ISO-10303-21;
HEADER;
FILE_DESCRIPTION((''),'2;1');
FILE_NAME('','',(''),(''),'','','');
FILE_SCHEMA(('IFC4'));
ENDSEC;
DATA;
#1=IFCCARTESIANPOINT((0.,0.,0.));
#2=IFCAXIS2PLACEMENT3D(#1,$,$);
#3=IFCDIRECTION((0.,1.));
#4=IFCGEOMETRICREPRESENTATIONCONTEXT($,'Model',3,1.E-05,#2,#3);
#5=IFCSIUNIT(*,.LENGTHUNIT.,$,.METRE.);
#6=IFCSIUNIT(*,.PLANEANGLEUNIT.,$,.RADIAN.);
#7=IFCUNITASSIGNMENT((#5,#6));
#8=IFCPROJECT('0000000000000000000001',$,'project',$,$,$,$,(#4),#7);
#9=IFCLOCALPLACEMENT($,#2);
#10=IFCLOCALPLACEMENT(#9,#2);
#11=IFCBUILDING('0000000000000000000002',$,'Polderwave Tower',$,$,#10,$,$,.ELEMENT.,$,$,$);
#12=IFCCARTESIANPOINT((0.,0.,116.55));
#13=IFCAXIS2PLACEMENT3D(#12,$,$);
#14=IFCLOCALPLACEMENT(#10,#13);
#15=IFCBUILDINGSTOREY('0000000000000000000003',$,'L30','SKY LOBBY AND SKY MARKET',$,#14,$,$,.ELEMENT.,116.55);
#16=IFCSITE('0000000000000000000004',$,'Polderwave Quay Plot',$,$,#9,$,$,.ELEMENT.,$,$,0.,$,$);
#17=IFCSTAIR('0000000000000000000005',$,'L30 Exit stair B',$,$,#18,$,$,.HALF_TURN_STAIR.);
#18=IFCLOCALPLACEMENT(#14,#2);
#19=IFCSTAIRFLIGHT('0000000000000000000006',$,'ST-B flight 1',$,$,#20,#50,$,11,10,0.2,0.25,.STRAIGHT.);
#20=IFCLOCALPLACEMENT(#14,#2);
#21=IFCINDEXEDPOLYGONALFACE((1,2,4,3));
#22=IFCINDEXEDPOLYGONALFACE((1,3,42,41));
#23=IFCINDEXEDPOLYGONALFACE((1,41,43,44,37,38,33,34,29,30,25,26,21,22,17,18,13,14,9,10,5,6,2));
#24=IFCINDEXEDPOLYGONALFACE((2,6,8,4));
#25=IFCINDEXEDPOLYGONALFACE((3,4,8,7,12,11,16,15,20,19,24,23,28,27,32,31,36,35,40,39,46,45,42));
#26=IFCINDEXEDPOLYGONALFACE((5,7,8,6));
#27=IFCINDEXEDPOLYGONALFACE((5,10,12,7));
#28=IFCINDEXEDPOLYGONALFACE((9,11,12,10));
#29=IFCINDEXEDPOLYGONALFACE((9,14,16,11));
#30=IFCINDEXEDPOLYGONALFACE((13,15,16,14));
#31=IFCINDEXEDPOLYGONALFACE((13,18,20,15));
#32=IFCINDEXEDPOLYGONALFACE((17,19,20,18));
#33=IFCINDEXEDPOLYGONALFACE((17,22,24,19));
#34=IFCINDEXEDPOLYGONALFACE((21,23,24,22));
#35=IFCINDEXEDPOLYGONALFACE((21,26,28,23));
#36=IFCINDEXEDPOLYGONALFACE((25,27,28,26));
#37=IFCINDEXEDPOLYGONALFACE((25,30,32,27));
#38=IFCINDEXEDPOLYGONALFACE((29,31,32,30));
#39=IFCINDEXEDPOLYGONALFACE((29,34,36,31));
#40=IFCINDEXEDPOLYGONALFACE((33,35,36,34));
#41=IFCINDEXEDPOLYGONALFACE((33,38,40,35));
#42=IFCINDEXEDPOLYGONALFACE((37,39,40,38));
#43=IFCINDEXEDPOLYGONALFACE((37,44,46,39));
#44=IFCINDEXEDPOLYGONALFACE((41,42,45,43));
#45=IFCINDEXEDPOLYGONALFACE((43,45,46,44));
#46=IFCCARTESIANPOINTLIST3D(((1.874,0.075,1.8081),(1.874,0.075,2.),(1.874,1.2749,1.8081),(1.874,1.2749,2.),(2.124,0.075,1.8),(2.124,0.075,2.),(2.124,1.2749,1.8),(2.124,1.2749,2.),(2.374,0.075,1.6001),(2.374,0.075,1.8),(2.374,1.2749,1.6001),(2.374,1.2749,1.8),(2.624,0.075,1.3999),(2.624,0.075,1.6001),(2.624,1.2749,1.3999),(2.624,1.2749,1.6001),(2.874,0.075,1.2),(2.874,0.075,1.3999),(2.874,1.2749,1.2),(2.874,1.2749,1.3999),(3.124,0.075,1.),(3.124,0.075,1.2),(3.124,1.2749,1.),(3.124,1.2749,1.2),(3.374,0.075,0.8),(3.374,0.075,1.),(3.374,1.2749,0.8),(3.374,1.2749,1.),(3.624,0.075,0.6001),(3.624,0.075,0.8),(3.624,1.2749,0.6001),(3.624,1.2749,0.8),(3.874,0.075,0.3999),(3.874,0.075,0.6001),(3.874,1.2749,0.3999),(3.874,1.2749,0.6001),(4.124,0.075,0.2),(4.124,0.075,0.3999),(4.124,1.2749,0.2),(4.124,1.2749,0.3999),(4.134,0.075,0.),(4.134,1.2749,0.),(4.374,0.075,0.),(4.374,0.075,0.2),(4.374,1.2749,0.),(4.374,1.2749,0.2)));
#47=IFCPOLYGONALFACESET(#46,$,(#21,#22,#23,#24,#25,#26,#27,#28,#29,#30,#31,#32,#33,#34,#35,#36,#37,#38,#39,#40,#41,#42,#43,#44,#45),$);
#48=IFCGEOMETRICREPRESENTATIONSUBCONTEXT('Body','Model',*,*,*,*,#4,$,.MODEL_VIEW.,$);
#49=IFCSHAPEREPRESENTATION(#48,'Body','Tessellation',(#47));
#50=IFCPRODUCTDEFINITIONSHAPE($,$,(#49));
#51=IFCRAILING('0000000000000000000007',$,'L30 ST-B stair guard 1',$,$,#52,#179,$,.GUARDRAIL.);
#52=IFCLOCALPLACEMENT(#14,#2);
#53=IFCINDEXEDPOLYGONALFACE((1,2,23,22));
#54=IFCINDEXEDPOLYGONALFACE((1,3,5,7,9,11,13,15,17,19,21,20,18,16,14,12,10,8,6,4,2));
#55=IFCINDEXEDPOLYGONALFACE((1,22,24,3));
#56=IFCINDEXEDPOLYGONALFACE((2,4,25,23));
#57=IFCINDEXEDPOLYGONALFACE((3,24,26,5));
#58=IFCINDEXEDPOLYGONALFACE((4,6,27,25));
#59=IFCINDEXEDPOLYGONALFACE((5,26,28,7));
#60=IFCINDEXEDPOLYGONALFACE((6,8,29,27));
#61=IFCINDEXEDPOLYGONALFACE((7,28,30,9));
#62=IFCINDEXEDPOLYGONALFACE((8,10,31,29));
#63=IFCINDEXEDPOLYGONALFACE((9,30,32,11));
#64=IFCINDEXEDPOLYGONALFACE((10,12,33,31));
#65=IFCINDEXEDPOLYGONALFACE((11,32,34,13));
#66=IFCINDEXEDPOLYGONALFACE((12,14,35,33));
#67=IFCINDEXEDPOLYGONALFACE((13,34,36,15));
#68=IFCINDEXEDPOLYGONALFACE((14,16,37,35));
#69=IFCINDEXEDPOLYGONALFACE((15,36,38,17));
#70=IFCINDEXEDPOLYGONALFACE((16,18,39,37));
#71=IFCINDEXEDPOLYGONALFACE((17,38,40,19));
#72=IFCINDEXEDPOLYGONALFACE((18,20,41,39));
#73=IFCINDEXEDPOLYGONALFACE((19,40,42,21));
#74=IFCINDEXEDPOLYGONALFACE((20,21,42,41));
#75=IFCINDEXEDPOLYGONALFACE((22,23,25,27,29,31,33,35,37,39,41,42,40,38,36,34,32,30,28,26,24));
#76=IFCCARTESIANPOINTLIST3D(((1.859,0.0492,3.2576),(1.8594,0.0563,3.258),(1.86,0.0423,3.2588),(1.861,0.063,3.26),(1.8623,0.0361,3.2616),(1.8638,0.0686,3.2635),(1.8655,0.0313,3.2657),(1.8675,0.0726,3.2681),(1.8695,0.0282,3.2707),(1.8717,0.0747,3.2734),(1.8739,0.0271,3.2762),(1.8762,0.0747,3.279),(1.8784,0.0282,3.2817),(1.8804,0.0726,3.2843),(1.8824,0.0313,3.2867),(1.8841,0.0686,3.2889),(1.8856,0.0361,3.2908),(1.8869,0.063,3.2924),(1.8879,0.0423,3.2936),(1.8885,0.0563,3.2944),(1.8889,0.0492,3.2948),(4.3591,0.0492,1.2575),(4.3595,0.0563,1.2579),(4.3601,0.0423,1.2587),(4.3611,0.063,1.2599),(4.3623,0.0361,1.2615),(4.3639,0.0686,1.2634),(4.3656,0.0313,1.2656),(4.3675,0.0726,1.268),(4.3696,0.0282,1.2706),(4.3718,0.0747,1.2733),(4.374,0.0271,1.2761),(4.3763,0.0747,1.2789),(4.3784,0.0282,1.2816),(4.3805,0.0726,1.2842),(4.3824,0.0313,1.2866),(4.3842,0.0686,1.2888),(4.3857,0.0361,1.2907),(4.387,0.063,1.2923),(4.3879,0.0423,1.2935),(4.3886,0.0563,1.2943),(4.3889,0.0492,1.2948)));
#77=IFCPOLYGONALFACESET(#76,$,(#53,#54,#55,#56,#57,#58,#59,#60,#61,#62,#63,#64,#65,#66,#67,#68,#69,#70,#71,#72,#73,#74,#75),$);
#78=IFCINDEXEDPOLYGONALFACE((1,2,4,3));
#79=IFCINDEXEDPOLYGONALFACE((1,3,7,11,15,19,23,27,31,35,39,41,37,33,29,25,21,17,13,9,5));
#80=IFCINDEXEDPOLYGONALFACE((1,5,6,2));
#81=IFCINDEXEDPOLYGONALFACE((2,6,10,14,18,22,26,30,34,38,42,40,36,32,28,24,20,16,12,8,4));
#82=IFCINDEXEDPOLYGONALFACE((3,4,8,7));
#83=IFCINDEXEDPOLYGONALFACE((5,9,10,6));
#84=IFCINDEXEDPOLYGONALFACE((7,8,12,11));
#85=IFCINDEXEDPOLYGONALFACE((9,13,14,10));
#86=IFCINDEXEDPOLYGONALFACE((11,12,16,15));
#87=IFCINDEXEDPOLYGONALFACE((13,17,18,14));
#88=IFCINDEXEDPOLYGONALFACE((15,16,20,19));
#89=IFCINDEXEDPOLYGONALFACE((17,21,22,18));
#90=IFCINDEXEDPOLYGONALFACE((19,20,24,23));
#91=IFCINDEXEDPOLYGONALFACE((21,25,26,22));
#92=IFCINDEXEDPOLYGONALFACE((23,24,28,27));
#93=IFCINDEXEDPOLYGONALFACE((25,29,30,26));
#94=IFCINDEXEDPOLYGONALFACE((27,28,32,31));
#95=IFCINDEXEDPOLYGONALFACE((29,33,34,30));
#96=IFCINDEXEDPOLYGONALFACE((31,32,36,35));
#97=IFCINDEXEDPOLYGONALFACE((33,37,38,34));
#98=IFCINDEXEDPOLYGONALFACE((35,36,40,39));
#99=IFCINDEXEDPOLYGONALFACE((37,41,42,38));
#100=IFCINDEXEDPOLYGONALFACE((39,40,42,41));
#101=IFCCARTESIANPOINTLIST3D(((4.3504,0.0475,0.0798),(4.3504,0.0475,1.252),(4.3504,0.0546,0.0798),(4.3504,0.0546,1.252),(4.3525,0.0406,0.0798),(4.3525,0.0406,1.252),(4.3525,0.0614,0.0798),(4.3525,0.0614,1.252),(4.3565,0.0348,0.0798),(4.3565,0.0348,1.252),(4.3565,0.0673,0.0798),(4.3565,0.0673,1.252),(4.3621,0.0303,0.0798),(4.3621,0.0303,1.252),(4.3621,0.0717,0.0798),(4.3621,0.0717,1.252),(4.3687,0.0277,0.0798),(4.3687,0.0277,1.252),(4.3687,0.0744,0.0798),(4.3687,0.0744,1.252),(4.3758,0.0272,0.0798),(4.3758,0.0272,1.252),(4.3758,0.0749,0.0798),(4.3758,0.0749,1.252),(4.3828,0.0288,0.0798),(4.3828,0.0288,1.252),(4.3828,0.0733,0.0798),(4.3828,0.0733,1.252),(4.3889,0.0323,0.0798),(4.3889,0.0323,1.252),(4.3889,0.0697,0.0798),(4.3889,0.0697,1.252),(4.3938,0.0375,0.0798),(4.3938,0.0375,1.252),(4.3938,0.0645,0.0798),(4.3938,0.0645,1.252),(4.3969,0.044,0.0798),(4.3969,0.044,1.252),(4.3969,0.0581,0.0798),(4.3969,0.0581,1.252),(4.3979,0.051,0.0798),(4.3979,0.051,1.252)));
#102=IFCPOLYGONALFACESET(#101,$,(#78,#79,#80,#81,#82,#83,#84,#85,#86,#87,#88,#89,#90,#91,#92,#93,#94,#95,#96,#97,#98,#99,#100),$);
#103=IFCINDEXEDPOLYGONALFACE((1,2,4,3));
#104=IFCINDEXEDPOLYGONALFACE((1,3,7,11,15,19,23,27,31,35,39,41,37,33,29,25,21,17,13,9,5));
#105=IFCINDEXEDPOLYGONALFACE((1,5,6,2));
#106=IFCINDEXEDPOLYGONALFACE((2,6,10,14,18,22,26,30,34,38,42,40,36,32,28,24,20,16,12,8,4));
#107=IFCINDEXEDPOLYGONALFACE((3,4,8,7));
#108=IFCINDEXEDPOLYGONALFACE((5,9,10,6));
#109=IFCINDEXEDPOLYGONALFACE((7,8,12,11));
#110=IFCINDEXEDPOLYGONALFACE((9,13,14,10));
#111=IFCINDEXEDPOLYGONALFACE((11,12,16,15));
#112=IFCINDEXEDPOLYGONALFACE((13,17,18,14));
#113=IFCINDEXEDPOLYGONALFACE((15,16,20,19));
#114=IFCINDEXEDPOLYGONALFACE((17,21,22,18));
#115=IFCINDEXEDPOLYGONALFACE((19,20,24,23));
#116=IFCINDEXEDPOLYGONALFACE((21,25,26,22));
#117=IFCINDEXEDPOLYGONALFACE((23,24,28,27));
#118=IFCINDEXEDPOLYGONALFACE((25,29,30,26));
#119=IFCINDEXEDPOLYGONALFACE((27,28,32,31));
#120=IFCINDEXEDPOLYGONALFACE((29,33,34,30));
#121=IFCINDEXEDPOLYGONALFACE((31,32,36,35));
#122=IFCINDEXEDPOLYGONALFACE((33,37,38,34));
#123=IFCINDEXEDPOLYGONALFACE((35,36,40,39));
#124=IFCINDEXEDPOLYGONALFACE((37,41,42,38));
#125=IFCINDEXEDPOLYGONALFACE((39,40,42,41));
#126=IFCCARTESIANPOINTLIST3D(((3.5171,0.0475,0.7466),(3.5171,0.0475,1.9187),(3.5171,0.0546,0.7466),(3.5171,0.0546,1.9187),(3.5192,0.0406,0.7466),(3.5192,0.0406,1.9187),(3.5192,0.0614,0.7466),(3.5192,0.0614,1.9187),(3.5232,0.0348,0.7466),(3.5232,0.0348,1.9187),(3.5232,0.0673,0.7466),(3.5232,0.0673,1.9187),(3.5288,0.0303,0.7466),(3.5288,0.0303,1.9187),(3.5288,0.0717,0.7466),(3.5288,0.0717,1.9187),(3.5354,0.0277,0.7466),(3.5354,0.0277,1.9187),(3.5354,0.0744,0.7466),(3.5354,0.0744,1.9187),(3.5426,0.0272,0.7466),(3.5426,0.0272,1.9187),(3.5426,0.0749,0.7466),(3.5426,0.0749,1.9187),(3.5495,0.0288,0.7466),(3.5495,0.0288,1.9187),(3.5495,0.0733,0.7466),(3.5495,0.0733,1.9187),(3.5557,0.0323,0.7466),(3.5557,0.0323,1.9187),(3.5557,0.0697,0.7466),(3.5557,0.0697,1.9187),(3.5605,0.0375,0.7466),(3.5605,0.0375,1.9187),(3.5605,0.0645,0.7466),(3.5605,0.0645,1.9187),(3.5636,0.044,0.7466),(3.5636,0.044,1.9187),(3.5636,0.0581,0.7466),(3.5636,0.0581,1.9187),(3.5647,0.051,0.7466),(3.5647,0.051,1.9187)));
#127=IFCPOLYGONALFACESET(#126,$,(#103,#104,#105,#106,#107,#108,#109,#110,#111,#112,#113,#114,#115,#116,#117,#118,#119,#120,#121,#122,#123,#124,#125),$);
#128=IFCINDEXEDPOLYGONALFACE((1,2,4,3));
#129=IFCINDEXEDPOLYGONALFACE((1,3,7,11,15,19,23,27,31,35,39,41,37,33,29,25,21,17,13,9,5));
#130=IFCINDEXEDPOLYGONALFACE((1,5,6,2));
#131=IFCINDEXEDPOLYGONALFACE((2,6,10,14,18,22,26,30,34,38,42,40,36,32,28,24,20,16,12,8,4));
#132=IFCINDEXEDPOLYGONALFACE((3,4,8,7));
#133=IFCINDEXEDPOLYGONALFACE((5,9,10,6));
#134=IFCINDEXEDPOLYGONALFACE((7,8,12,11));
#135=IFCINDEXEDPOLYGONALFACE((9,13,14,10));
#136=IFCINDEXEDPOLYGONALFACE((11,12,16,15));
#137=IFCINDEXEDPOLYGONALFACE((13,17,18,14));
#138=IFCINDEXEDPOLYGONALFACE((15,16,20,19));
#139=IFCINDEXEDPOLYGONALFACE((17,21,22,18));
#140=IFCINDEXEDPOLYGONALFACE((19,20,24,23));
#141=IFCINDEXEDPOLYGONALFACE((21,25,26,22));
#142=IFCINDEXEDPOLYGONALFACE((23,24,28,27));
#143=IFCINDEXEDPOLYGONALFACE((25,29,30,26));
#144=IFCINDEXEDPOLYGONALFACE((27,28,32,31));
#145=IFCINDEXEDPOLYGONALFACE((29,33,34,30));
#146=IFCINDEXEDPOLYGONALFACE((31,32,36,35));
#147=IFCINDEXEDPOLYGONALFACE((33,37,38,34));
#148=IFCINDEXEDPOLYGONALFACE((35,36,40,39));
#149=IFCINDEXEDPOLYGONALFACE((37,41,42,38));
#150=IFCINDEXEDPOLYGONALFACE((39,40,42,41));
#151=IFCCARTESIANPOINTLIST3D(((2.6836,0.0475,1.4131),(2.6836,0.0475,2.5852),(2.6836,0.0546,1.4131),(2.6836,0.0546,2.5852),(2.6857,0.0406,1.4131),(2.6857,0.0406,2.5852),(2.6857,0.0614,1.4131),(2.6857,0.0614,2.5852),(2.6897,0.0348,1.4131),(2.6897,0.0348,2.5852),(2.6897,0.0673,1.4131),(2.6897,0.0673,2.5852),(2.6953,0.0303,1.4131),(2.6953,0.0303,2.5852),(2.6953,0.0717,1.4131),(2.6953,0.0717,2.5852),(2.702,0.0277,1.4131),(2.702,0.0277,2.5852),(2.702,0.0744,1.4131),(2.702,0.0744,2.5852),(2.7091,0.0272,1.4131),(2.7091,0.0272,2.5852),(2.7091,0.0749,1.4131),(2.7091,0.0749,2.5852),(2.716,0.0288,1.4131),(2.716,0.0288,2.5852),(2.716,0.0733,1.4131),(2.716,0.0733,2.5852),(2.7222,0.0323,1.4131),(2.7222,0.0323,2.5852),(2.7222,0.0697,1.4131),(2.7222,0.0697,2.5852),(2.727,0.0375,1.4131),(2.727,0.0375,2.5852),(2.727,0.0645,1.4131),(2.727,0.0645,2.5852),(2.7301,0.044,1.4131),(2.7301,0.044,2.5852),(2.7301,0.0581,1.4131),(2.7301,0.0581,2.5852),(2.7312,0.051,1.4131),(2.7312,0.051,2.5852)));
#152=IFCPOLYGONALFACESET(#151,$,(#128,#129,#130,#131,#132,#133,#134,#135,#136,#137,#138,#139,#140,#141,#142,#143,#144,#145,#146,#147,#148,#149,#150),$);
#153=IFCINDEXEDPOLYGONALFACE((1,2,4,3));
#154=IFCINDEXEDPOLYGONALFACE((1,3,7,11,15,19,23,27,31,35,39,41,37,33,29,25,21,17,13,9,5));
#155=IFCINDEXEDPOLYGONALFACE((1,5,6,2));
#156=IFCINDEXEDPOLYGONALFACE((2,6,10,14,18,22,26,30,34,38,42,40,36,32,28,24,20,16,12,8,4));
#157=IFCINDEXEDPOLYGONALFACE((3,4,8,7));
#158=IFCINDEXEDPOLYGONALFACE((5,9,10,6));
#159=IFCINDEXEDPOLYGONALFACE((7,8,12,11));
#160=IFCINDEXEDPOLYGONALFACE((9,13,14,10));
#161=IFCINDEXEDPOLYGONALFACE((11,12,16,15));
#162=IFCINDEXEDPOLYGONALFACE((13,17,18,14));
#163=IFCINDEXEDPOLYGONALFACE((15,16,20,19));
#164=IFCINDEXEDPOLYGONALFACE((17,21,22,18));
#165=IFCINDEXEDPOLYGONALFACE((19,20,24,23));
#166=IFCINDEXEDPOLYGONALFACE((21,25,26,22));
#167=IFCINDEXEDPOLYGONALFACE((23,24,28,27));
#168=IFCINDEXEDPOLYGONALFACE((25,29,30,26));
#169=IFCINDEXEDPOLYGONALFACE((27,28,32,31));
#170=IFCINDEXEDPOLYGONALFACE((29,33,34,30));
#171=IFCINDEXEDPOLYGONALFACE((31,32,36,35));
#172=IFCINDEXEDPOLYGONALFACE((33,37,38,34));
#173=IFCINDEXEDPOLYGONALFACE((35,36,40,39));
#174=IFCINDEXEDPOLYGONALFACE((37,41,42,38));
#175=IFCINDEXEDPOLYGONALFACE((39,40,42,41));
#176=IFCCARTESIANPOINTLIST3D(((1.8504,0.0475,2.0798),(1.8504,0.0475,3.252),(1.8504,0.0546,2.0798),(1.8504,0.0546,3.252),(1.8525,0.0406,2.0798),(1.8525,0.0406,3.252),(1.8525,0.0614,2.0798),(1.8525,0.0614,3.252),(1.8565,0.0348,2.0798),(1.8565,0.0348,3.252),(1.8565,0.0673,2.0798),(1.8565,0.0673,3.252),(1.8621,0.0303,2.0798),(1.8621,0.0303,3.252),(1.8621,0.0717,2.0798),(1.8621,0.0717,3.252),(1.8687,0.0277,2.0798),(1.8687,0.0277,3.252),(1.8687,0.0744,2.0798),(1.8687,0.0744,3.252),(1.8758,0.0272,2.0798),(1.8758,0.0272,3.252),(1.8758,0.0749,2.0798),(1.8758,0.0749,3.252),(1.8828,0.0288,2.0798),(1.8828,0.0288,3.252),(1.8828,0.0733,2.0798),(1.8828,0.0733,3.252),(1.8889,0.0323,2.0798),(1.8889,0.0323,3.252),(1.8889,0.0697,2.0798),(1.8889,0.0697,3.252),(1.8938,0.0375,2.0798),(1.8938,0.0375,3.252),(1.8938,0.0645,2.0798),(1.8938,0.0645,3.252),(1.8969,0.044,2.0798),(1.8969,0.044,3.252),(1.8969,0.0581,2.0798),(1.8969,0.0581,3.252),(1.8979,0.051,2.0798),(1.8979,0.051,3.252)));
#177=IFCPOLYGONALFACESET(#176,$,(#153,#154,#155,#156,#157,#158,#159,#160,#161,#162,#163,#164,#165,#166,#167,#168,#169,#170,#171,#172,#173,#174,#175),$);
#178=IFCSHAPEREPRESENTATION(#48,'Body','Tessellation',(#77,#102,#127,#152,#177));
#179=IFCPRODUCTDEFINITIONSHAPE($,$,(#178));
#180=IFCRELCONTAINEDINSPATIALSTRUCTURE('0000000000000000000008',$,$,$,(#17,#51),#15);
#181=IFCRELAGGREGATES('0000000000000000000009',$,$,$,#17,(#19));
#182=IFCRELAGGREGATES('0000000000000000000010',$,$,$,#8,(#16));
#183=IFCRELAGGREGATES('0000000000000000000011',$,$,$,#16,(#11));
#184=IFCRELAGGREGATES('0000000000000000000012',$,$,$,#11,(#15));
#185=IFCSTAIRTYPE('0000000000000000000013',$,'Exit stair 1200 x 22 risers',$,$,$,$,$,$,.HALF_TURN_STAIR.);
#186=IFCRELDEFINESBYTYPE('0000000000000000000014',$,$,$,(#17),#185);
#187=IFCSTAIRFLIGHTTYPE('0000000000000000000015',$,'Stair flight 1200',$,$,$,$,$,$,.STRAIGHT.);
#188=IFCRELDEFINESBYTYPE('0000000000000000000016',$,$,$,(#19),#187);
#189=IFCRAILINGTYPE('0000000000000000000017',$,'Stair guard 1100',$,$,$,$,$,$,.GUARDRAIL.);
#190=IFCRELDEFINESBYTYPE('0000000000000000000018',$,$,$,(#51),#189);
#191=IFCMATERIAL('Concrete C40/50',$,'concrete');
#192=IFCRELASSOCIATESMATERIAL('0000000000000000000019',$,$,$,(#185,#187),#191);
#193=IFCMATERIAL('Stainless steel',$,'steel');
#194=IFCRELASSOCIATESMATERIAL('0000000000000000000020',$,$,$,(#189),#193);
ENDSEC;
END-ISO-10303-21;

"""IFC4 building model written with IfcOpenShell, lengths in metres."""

from ifc_helpers import new_model, si_unit, direction, frame, origin, origin_2d, place, context, subcontext, project, spatial, polyline, circle, outline, extrude, material, type_object, element, aggregate, save


model = new_model("IFC4")

# Units and contexts
model_context = context("Model", 3, precision=1e-05, world=origin(), true_north=direction((0.0, 1.0)))
body_context = subcontext(model_context, "Body", "Model", "MODEL_VIEW")
ifc_project = project(units=[si_unit("LENGTHUNIT", "METRE"), si_unit("PLANEANGLEUNIT", "RADIAN")], contexts=[model_context])

# Site, building, storey
site_placement = place(None, origin())
site = spatial("IfcSite", under=ifc_project, at=site_placement, Name="Polderwave Quay Plot", CompositionType="ELEMENT", RefElevation=0.0)
building_placement = place(site_placement, origin())
building = spatial("IfcBuilding", under=site, at=building_placement, Name="Polderwave Tower", CompositionType="ELEMENT")
storey_placement = place(building_placement, frame((0.0, 0.0, 116.55)))
storey = spatial("IfcBuildingStorey", under=building, at=storey_placement, Name="L30", Description="SKY LOBBY AND SKY MARKET", CompositionType="ELEMENT", Elevation=116.55)

# Shared definitions
ifc_material_1 = material(Name="Stainless steel", Category="steel")

# Stair, stair flight
ifc_material_2 = material(Name="Concrete C40/50", Category="concrete")
stair_type = type_object("IfcStairType", Name="Exit stair 1200 x 22 risers", PredefinedType="HALF_TURN_STAIR", material=ifc_material_2)
stair_placement = place(storey_placement, origin())
stair = element("IfcStair", 1, at=stair_placement, inside=storey, type_object=stair_type, Name="L30 Exit stair B", PredefinedType="HALF_TURN_STAIR")
stair_flight_type = type_object("IfcStairFlightType", Name="Stair flight 1200", PredefinedType="STRAIGHT", material=ifc_material_2)
stair_flight_placement = place(storey_placement, frame((4.374, 0.675, 0.0), z_axis=(0.0, 0.0, 1.0), x_axis=(-1.0, 0.0, 0.0)))
stair_flight = element("IfcStairFlight", 2, at=stair_flight_placement, type_object=stair_flight_type, Name="ST-B flight 1", NumberOfRisers=11, NumberOfTreads=10, PredefinedType="STRAIGHT", RiserHeight=0.2, TreadLength=0.25, context=body_context, shape_type="SweptSolid", body=[
    extrude(outline(polyline([(0.0, 0.0), (0.0, 0.2), (0.25, 0.2), (0.25, 0.3999), (0.5, 0.3999), (0.5, 0.6001), (0.75, 0.6001), (0.75, 0.8), (1.0, 0.8), (1.0, 1.0), (1.25, 1.0), (1.25, 1.2), (1.5, 1.2), (1.5, 1.3999), (1.75, 1.3999), (1.75, 1.6001), (2.0, 1.6001), (2.0, 1.8), (2.25, 1.8), (2.25, 2.0), (2.5, 2.0), (2.5, 2.2), (2.5, 1.8081), (0.24, 0.0), (0.0, 0.0)])), frame((0.0, 0.6001, 0.0), z_axis=(0.0, -1.0, 0.0), x_axis=(1.0, 0.0, 0.0)), (0.0, 0.0, 1.0), 1.2),
])
aggregate(stair, [stair_flight])

# Railing
railing_type_1 = type_object("IfcRailingType", Name="Stair guard 1100", PredefinedType="GUARDRAIL", material=ifc_material_1)
railing_1_placement = place(storey_placement, frame((4.374, 0.051, 0.0798)))
element("IfcRailing", 3, at=railing_1_placement, inside=storey, type_object=railing_type_1, Name="L30 ST-B stair guard 1", PredefinedType="GUARDRAIL", context=body_context, shape_type="SweptSolid", body=[
    extrude(circle(Radius=0.0239, at=origin_2d()), frame((0.0, 0.0, 1.1963), z_axis=(-0.780869, 0.0, 0.624695), x_axis=(0.0, -1.0, 0.0)), (0.0, 0.0, 1.0), 3.2017),
    extrude(circle(Radius=0.0239, at=origin_2d()), origin(), (0.0, 0.0, 1.0), 1.1721),
    extrude(circle(Radius=0.0239, at=origin_2d()), frame((-0.8333, 0.0, 0.6667)), (0.0, 0.0, 1.0), 1.1721),
    extrude(circle(Radius=0.0239, at=origin_2d()), frame((-1.6667, 0.0, 1.3333)), (0.0, 0.0, 1.0), 1.1721),
    extrude(circle(Radius=0.0239, at=origin_2d()), frame((-2.5, 0.0, 2.0)), (0.0, 0.0, 1.0), 1.1721),
])

save(model, "model.ifc")
